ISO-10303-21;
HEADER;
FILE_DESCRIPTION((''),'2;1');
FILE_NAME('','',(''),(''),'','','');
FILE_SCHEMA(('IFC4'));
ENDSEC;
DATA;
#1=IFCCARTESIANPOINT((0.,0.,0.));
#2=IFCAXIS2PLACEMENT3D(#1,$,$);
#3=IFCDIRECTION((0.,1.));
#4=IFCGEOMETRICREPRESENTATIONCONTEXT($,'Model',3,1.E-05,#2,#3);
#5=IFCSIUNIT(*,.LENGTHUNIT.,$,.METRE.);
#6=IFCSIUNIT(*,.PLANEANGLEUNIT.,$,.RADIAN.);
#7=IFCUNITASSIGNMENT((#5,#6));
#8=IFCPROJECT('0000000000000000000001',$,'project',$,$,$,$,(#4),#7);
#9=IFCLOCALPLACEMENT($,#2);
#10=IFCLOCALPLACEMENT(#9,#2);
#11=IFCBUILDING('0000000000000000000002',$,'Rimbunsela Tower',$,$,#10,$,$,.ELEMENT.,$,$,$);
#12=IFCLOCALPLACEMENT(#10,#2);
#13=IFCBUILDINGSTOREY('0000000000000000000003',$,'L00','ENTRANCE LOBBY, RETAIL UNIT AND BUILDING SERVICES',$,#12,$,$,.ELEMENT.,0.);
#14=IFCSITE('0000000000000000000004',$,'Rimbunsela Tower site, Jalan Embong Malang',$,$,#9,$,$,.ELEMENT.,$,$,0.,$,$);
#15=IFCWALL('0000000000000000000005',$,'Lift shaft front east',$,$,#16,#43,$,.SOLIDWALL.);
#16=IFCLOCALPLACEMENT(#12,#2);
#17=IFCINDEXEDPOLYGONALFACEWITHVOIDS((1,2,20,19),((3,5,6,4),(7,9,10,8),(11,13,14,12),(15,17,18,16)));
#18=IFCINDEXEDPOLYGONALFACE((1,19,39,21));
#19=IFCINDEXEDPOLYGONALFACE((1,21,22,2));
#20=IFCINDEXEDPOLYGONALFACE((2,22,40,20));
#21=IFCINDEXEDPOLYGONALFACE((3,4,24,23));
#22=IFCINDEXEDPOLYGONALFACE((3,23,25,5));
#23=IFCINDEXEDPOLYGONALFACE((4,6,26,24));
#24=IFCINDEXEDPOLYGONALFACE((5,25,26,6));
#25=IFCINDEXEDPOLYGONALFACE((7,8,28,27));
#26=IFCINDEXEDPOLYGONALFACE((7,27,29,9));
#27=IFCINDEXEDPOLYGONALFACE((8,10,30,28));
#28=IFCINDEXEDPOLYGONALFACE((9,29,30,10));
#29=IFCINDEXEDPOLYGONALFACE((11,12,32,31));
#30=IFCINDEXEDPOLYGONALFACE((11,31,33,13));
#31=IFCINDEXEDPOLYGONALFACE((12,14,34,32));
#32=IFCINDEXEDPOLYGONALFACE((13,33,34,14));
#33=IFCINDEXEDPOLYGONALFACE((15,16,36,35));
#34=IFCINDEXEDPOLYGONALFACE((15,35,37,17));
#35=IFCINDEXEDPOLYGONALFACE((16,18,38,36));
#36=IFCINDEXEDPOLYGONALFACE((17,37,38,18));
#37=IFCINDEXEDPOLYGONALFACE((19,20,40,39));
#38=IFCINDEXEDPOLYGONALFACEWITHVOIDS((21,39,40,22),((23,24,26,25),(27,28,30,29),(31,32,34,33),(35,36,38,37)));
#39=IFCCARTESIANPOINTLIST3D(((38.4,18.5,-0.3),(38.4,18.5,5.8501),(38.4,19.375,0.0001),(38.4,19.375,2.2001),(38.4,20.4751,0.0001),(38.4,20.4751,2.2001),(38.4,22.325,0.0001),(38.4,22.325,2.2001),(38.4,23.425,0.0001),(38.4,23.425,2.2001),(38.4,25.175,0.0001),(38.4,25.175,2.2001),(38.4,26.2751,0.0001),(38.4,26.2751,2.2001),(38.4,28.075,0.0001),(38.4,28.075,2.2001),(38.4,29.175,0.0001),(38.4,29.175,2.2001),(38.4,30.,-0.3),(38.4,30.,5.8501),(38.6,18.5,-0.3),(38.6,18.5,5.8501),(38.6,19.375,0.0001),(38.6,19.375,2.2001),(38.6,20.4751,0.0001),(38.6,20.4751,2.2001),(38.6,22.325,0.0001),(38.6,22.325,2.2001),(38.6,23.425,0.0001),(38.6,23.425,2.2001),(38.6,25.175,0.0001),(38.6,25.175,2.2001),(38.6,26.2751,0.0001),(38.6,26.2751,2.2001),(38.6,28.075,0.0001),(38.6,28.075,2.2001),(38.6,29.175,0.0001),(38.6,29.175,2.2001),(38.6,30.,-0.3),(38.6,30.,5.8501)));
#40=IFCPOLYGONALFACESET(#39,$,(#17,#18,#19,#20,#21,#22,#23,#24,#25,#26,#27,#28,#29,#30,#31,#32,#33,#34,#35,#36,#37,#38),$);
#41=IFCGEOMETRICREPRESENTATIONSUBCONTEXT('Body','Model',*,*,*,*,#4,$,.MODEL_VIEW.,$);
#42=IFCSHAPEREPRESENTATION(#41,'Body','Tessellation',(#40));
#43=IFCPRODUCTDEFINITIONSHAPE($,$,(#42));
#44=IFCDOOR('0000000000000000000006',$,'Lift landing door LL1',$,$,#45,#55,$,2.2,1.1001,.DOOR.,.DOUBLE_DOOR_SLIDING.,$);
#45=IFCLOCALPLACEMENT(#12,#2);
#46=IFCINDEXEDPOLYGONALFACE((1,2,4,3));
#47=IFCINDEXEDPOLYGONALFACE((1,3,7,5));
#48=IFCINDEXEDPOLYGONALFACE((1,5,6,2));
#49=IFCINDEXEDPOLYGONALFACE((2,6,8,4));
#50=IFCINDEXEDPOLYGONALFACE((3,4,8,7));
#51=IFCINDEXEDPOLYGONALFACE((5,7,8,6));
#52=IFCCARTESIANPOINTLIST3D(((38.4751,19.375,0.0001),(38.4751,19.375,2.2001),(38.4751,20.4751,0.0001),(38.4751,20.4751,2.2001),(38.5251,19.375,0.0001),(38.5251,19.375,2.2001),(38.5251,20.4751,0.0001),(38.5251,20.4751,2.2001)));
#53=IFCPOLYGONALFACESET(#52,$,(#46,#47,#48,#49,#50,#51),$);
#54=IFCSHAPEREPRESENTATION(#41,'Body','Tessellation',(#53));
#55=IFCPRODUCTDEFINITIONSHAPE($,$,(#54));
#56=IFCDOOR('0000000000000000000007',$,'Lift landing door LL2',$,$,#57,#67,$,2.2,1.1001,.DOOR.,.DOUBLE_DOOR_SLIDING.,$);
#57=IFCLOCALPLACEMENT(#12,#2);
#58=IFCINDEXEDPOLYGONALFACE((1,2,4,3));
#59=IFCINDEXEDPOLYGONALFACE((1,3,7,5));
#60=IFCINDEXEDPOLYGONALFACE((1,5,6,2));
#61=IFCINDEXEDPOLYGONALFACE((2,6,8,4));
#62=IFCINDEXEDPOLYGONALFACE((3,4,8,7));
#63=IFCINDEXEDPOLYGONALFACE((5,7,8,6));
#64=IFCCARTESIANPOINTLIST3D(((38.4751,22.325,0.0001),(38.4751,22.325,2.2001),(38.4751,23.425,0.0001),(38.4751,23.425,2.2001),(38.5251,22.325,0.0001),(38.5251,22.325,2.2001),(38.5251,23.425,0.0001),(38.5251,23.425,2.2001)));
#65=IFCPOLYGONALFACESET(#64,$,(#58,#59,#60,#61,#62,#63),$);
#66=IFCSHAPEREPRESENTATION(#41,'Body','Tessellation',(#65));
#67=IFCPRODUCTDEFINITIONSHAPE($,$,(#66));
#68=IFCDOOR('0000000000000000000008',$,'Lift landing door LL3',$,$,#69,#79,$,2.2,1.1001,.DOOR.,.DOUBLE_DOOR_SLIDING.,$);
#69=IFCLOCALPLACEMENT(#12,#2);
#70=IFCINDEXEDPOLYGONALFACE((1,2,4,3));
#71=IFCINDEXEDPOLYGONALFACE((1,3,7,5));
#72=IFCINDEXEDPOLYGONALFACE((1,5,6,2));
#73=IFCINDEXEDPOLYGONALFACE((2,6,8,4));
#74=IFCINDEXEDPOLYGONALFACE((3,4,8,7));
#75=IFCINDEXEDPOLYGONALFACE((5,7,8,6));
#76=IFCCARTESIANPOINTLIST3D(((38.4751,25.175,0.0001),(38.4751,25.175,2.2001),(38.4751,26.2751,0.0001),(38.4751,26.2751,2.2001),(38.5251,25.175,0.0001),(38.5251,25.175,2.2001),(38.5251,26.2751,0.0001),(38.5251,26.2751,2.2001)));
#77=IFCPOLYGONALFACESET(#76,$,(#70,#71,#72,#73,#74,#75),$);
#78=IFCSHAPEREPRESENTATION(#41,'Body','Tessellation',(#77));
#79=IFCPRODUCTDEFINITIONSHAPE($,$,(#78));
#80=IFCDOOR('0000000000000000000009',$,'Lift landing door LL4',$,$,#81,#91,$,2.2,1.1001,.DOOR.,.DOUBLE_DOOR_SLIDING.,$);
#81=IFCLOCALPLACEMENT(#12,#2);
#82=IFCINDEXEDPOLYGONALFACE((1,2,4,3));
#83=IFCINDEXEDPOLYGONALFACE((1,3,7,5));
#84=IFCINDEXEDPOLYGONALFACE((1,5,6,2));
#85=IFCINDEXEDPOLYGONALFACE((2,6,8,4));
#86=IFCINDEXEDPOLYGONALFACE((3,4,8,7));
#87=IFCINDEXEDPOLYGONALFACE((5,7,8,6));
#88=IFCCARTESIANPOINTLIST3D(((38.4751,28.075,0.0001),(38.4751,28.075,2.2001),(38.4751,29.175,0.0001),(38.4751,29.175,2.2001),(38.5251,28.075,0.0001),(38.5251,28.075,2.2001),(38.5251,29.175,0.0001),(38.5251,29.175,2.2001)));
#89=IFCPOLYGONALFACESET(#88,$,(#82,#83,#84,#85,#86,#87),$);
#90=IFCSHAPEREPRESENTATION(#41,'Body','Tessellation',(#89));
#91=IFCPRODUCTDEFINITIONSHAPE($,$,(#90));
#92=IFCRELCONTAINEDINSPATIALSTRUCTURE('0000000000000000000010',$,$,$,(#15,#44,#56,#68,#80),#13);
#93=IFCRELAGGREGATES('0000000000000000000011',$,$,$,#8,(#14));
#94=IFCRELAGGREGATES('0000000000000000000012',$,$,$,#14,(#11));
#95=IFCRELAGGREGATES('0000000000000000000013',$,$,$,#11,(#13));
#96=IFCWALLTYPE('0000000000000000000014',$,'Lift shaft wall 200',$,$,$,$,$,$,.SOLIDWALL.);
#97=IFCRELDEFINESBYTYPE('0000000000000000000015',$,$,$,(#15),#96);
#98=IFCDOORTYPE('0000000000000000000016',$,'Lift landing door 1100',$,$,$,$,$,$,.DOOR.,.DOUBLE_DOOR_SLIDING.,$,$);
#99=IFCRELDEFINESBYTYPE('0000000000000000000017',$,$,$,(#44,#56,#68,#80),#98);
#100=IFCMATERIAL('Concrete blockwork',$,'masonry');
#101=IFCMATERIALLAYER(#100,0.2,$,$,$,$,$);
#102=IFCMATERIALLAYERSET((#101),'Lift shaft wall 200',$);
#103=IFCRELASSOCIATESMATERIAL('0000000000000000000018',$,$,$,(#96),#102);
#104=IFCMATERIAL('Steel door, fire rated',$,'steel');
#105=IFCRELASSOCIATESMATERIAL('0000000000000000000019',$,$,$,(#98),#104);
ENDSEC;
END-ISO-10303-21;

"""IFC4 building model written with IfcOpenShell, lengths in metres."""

from ifc_helpers import new_model, si_unit, direction, frame, frame_2d, origin, place, context, subcontext, project, spatial, rectangle, extrude, material, layer, layer_set, type_object, element, fill, save


model = new_model("IFC4")

# Units and contexts
model_context = context("Model", 3, precision=1e-05, world=origin(), true_north=direction((0.0, 1.0)))
body_context = subcontext(model_context, "Body", "Model", "MODEL_VIEW")
ifc_project = project(units=[si_unit("LENGTHUNIT", "METRE"), si_unit("PLANEANGLEUNIT", "RADIAN")], contexts=[model_context])

# Site, building, storey
site_placement = place(None, origin())
site = spatial("IfcSite", under=ifc_project, at=site_placement, Name="Rimbunsela Tower site, Jalan Embong Malang", CompositionType="ELEMENT", RefElevation=0.0)
building_placement = place(site_placement, origin())
building = spatial("IfcBuilding", under=site, at=building_placement, Name="Rimbunsela Tower", CompositionType="ELEMENT")
storey_placement = place(building_placement, origin())
storey = spatial("IfcBuildingStorey", under=building, at=storey_placement, Name="L00", Description="ENTRANCE LOBBY, RETAIL UNIT AND BUILDING SERVICES", CompositionType="ELEMENT", Elevation=0.0)

# Wall, openings, doors
ifc_material_1 = material(Name="Concrete blockwork", Category="masonry")
ifc_layer_1 = layer(ifc_material_1, 0.2)
ifc_layer_set_1 = layer_set([ifc_layer_1], Name="Lift shaft wall 200")
wall_type_1 = type_object("IfcWallType", Name="Lift shaft wall 200", PredefinedType="SOLIDWALL", material=ifc_layer_set_1)
wall_1_placement = place(storey_placement, frame((38.5, 18.5, -0.3), z_axis=(0.0, 0.0, 1.0), x_axis=(0.0, 1.0, 0.0)))
wall_1 = element("IfcWall", 1, at=wall_1_placement, inside=storey, type_object=wall_type_1, Name="Lift shaft front east", PredefinedType="SOLIDWALL", context=body_context, shape_type="SweptSolid", body=[
    extrude(rectangle(XDim=11.5, YDim=0.2, at=frame_2d((5.75, 0.0))), origin(), (0.0, 0.0, 1.0), 6.1501),
])
opening_1_placement = place(wall_1_placement, frame((0.875, 0.0, 0.3)))
opening_1 = element("IfcOpeningElement", 2, at=opening_1_placement, cuts=wall_1, PredefinedType="OPENING", context=body_context, shape_type="SweptSolid", body=[
    extrude(rectangle(XDim=1.1001, YDim=2.2, at=frame_2d((0.55, 1.1001))), frame((0.0, 0.1099, 0.0), z_axis=(0.0, -1.0, 0.0), x_axis=(1.0, 0.0, 0.0)), (0.0, 0.0, 1.0), 0.22),
])
opening_2_placement = place(wall_1_placement, frame((3.825, 0.0, 0.3)))
opening_2 = element("IfcOpeningElement", 3, at=opening_2_placement, cuts=wall_1, PredefinedType="OPENING", context=body_context, shape_type="SweptSolid", body=[
    extrude(rectangle(XDim=1.1001, YDim=2.2, at=frame_2d((0.55, 1.1001))), frame((0.0, 0.1099, 0.0), z_axis=(0.0, -1.0, 0.0), x_axis=(1.0, 0.0, 0.0)), (0.0, 0.0, 1.0), 0.22),
])
opening_3_placement = place(wall_1_placement, frame((6.675, 0.0, 0.3)))
opening_3 = element("IfcOpeningElement", 4, at=opening_3_placement, cuts=wall_1, PredefinedType="OPENING", context=body_context, shape_type="SweptSolid", body=[
    extrude(rectangle(XDim=1.1001, YDim=2.2, at=frame_2d((0.55, 1.1001))), frame((0.0, 0.1099, 0.0), z_axis=(0.0, -1.0, 0.0), x_axis=(1.0, 0.0, 0.0)), (0.0, 0.0, 1.0), 0.22),
])
opening_4_placement = place(wall_1_placement, frame((9.575, 0.0, 0.3)))
opening_4 = element("IfcOpeningElement", 5, at=opening_4_placement, cuts=wall_1, PredefinedType="OPENING", context=body_context, shape_type="SweptSolid", body=[
    extrude(rectangle(XDim=1.1001, YDim=2.2, at=frame_2d((0.55, 1.1001))), frame((0.0, 0.1099, 0.0), z_axis=(0.0, -1.0, 0.0), x_axis=(1.0, 0.0, 0.0)), (0.0, 0.0, 1.0), 0.22),
])
ifc_material_2 = material(Name="Steel door, fire rated", Category="steel")
door_type_1 = type_object("IfcDoorType", Name="Lift landing door 1100", OperationType="DOUBLE_DOOR_SLIDING", PredefinedType="DOOR", material=ifc_material_2)
door_1_placement = place(opening_1_placement, origin())
door_1 = element("IfcDoor", 6, at=door_1_placement, inside=storey, type_object=door_type_1, Name="Lift landing door LL1", OperationType="DOUBLE_DOOR_SLIDING", OverallHeight=2.2, OverallWidth=1.1001, PredefinedType="DOOR", context=body_context, shape_type="SweptSolid", body=[
    extrude(rectangle(XDim=1.1001, YDim=2.2, at=frame_2d((0.55, 1.1001))), frame((0.0, 0.0249, 0.0), z_axis=(0.0, -1.0, 0.0), x_axis=(1.0, 0.0, 0.0)), (0.0, 0.0, 1.0), 0.05),
])
fill(opening_1, door_1)
door_2_placement = place(opening_2_placement, origin())
door_2 = element("IfcDoor", 7, at=door_2_placement, inside=storey, type_object=door_type_1, Name="Lift landing door LL2", OperationType="DOUBLE_DOOR_SLIDING", OverallHeight=2.2, OverallWidth=1.1001, PredefinedType="DOOR", context=body_context, shape_type="SweptSolid", body=[
    extrude(rectangle(XDim=1.1001, YDim=2.2, at=frame_2d((0.55, 1.1001))), frame((0.0, 0.0249, 0.0), z_axis=(0.0, -1.0, 0.0), x_axis=(1.0, 0.0, 0.0)), (0.0, 0.0, 1.0), 0.05),
])
fill(opening_2, door_2)
door_3_placement = place(opening_3_placement, origin())
door_3 = element("IfcDoor", 8, at=door_3_placement, inside=storey, type_object=door_type_1, Name="Lift landing door LL3", OperationType="DOUBLE_DOOR_SLIDING", OverallHeight=2.2, OverallWidth=1.1001, PredefinedType="DOOR", context=body_context, shape_type="SweptSolid", body=[
    extrude(rectangle(XDim=1.1001, YDim=2.2, at=frame_2d((0.55, 1.1001))), frame((0.0, 0.0249, 0.0), z_axis=(0.0, -1.0, 0.0), x_axis=(1.0, 0.0, 0.0)), (0.0, 0.0, 1.0), 0.05),
])
fill(opening_3, door_3)
door_4_placement = place(opening_4_placement, origin())
door_4 = element("IfcDoor", 9, at=door_4_placement, inside=storey, type_object=door_type_1, Name="Lift landing door LL4", OperationType="DOUBLE_DOOR_SLIDING", OverallHeight=2.2, OverallWidth=1.1001, PredefinedType="DOOR", context=body_context, shape_type="SweptSolid", body=[
    extrude(rectangle(XDim=1.1001, YDim=2.2, at=frame_2d((0.55, 1.1001))), frame((0.0, 0.0249, 0.0), z_axis=(0.0, -1.0, 0.0), x_axis=(1.0, 0.0, 0.0)), (0.0, 0.0, 1.0), 0.05),
])
fill(opening_4, door_4)

save(model, "model.ifc")
